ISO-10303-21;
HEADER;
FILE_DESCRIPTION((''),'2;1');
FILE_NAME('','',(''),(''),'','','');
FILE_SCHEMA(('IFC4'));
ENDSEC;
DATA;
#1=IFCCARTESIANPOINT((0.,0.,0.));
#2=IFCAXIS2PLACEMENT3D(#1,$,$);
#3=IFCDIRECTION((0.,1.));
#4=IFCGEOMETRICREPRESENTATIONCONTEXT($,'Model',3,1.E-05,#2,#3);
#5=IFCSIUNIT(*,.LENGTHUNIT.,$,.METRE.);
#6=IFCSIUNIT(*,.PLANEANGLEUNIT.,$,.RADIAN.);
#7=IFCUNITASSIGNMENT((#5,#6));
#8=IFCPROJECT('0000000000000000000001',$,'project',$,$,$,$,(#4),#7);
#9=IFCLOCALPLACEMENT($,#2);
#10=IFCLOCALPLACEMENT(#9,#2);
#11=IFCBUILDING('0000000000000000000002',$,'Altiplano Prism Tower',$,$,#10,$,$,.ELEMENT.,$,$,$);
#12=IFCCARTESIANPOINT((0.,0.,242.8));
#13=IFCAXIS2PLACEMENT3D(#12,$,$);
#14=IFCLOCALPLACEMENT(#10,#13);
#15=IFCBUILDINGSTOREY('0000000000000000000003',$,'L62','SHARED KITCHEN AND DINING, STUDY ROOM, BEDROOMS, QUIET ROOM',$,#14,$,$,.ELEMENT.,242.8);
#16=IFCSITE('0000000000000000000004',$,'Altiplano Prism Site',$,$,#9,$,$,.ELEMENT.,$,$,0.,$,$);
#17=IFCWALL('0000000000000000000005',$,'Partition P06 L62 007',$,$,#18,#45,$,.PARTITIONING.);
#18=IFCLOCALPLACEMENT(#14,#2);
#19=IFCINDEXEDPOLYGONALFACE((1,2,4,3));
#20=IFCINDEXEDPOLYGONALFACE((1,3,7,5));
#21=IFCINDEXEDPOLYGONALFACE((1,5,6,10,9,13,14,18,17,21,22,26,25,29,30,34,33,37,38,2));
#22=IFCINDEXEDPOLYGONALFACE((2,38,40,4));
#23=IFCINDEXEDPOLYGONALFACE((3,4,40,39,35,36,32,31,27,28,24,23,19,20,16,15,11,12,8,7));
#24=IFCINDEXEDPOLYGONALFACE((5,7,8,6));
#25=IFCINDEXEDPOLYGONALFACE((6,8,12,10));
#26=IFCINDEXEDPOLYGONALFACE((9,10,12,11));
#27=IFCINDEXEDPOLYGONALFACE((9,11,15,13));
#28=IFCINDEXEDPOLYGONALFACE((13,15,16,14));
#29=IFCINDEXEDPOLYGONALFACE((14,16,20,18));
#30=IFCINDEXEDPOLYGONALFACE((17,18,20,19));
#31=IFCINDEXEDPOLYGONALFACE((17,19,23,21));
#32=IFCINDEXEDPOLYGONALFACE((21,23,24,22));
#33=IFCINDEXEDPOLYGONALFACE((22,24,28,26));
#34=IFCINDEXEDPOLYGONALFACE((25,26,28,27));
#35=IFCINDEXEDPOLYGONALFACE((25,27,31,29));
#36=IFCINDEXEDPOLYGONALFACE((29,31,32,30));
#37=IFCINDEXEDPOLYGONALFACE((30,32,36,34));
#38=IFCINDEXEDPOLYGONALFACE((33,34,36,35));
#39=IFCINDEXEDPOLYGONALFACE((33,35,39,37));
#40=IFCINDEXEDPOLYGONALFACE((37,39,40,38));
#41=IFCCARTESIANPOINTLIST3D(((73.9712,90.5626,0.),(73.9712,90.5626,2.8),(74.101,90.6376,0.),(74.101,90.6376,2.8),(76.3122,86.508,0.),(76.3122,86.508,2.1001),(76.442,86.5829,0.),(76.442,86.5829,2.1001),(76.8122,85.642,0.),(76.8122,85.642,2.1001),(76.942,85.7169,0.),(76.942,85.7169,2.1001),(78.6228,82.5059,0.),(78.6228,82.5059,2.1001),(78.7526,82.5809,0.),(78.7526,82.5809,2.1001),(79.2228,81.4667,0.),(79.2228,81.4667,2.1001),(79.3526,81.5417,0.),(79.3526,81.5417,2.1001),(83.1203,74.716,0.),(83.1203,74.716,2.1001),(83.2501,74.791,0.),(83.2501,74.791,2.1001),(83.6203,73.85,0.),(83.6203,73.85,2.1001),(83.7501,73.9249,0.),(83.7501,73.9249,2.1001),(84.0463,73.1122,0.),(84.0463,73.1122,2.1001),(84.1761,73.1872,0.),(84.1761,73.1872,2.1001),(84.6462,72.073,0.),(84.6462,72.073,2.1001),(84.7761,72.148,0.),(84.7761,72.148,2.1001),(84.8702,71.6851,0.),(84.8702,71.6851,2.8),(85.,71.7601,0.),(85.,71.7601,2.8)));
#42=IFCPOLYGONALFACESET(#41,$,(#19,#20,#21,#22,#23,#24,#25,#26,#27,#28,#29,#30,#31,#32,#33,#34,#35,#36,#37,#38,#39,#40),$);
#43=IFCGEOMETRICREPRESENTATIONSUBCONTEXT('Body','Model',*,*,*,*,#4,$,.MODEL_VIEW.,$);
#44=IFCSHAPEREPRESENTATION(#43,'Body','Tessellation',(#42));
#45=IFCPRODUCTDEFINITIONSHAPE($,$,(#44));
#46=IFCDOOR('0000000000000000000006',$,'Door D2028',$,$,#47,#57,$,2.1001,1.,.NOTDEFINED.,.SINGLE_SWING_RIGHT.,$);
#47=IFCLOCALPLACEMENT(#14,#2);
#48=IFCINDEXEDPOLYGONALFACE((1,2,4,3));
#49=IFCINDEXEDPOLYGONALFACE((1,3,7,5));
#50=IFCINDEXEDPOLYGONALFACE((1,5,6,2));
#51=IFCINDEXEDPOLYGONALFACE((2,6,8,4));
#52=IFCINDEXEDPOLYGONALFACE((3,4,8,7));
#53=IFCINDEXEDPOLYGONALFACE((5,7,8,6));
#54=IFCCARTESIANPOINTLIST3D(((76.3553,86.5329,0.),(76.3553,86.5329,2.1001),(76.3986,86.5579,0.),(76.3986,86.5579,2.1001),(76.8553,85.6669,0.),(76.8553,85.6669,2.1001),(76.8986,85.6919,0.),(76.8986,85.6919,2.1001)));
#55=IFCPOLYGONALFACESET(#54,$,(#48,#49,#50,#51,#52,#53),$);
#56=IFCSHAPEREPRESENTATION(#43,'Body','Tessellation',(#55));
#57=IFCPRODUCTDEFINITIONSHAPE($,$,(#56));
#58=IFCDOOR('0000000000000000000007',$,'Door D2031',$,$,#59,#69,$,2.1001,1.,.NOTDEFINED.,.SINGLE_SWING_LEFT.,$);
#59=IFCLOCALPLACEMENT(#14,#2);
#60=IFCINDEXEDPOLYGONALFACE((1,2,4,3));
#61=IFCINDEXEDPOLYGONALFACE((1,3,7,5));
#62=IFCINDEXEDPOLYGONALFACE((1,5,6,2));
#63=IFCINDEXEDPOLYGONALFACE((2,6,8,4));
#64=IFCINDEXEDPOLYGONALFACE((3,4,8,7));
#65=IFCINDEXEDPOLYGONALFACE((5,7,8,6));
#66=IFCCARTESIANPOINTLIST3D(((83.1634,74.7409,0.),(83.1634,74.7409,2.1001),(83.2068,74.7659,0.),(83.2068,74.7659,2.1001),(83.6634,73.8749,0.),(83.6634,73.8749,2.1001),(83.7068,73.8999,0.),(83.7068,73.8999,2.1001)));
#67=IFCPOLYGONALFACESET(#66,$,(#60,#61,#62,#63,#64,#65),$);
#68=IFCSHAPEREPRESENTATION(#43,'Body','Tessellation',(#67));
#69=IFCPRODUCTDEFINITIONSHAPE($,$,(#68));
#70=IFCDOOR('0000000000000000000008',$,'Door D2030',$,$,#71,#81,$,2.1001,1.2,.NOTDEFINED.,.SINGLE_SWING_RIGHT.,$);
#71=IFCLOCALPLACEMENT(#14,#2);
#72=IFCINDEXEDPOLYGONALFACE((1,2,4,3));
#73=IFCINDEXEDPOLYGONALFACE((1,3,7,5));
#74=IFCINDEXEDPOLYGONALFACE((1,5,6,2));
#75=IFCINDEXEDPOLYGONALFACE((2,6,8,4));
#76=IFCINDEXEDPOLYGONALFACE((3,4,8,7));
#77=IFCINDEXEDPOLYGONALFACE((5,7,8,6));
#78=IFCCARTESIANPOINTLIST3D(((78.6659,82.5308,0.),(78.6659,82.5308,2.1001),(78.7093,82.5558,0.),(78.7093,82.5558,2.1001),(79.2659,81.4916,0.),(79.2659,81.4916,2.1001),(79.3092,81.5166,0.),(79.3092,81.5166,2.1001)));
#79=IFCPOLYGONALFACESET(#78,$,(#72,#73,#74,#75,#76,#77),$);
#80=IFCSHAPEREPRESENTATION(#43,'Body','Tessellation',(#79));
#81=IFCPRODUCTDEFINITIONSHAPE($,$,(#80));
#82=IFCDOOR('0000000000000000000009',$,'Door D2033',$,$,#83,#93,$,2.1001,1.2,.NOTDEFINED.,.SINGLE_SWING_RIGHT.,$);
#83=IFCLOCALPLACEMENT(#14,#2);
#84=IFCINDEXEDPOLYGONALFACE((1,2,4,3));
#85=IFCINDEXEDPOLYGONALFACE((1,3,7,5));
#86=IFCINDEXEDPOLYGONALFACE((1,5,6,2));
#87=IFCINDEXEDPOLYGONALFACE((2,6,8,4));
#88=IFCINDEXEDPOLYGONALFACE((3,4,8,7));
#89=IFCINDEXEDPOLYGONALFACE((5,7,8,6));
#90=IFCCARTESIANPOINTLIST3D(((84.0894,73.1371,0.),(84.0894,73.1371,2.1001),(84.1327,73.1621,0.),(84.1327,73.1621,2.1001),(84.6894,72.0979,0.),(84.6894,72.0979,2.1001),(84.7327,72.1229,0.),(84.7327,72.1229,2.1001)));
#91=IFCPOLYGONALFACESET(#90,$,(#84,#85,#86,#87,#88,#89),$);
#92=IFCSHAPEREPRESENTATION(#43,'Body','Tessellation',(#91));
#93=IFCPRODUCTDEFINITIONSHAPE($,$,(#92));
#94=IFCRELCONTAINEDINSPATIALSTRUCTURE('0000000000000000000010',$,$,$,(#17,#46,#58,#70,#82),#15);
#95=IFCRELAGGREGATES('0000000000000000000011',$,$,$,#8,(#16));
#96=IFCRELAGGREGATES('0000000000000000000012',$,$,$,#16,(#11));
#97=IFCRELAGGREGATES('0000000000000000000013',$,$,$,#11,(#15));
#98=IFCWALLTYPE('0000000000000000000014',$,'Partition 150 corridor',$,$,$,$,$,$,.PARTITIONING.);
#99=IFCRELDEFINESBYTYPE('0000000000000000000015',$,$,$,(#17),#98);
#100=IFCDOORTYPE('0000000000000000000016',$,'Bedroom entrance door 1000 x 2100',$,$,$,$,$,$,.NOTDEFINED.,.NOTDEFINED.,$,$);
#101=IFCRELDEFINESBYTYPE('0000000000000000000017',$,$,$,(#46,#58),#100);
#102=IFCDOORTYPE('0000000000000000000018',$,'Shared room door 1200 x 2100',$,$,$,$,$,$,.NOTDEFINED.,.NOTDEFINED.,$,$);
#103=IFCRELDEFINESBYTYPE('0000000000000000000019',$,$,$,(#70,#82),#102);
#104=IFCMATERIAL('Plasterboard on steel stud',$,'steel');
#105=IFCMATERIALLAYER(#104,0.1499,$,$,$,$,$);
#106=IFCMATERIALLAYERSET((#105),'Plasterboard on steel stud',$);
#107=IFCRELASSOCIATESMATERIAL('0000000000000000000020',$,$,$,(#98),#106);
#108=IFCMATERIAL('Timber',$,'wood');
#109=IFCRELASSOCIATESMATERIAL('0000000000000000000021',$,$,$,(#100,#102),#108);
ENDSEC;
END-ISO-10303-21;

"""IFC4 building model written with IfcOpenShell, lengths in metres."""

from ifc_helpers import new_model, si_unit, direction, frame, frame_2d, origin, place, context, subcontext, project, spatial, rectangle, extrude, material, layer, layer_set, type_object, element, fill, save


model = new_model("IFC4")

# Units and contexts
model_context = context("Model", 3, precision=1e-05, world=origin(), true_north=direction((0.0, 1.0)))
body_context = subcontext(model_context, "Body", "Model", "MODEL_VIEW")
ifc_project = project(units=[si_unit("LENGTHUNIT", "METRE"), si_unit("PLANEANGLEUNIT", "RADIAN")], contexts=[model_context])

# Site, building, storey
site_placement = place(None, origin())
site = spatial("IfcSite", under=ifc_project, at=site_placement, Name="Altiplano Prism Site", CompositionType="ELEMENT", RefElevation=0.0)
building_placement = place(site_placement, origin())
building = spatial("IfcBuilding", under=site, at=building_placement, Name="Altiplano Prism Tower", CompositionType="ELEMENT")
storey_placement = place(building_placement, frame((0.0, 0.0, 242.8)))
storey = spatial("IfcBuildingStorey", under=building, at=storey_placement, Name="L62", Description="SHARED KITCHEN AND DINING, STUDY ROOM, BEDROOMS, QUIET ROOM", CompositionType="ELEMENT", Elevation=242.8)

# Shared definitions
ifc_material_1 = material(Name="Plasterboard on steel stud", Category="steel")

# Shared definitions
ifc_layer_1 = layer(ifc_material_1, 0.1499)
ifc_layer_set_1 = layer_set([ifc_layer_1], Name="Plasterboard on steel stud")
wall_type_1 = type_object("IfcWallType", Name="Partition 150 corridor", PredefinedType="PARTITIONING", material=ifc_layer_set_1)
ifc_material_2 = material(Name="Timber", Category="wood")
door_type_1 = type_object("IfcDoorType", Name="Bedroom entrance door 1000 x 2100", OperationType="NOTDEFINED", PredefinedType="NOTDEFINED", material=ifc_material_2)

# Wall, openings, doors
wall_1_placement = place(storey_placement, frame((74.0361, 90.6001, 0.0), z_axis=(0.0, 0.0, 1.0), x_axis=(0.500001, -0.866025, 0.0)))
wall_1 = element("IfcWall", 1, at=wall_1_placement, inside=storey, type_object=wall_type_1, Name="Partition P06 L62 007", PredefinedType="PARTITIONING", context=body_context, shape_type="SweptSolid", body=[
    extrude(rectangle(XDim=21.7979, YDim=0.1499, at=frame_2d((10.8989, 0.0))), origin(), (0.0, 0.0, 1.0), 2.8),
])
opening_1_placement = place(wall_1_placement, frame((4.6819, 0.0, 0.0)))
opening_1 = element("IfcOpeningElement", 2, at=opening_1_placement, cuts=wall_1, PredefinedType="OPENING", context=body_context, shape_type="SweptSolid", body=[
    extrude(rectangle(XDim=1.0, YDim=2.1001, at=frame_2d((0.5, 1.05))), frame((0.0, 0.0854, 0.0), z_axis=(0.0, -1.0, 0.0), x_axis=(1.0, 0.0, 0.0)), (0.0, 0.0, 1.0), 0.1709),
])
opening_2_placement = place(wall_1_placement, frame((9.303, 0.0, 0.0)))
opening_2 = element("IfcOpeningElement", 3, at=opening_2_placement, cuts=wall_1, PredefinedType="OPENING", context=body_context, shape_type="SweptSolid", body=[
    extrude(rectangle(XDim=1.2, YDim=2.1001, at=frame_2d((0.6001, 1.05))), frame((0.0, 0.0854, 0.0), z_axis=(0.0, -1.0, 0.0), x_axis=(1.0, 0.0, 0.0)), (0.0, 0.0, 1.0), 0.1709),
])
opening_3_placement = place(wall_1_placement, frame((18.2981, 0.0, 0.0)))
opening_3 = element("IfcOpeningElement", 4, at=opening_3_placement, cuts=wall_1, PredefinedType="OPENING", context=body_context, shape_type="SweptSolid", body=[
    extrude(rectangle(XDim=1.0, YDim=2.1001, at=frame_2d((0.5, 1.05))), frame((0.0, 0.0854, 0.0), z_axis=(0.0, -1.0, 0.0), x_axis=(1.0, 0.0, 0.0)), (0.0, 0.0, 1.0), 0.1709),
])
opening_4_placement = place(wall_1_placement, frame((20.1499, 0.0, 0.0)))
opening_4 = element("IfcOpeningElement", 5, at=opening_4_placement, cuts=wall_1, PredefinedType="OPENING", context=body_context, shape_type="SweptSolid", body=[
    extrude(rectangle(XDim=1.2, YDim=2.1001, at=frame_2d((0.6001, 1.05))), frame((0.0, 0.0854, 0.0), z_axis=(0.0, -1.0, 0.0), x_axis=(1.0, 0.0, 0.0)), (0.0, 0.0, 1.0), 0.1709),
])
door_1_placement = place(opening_1_placement, origin())
door_1 = element("IfcDoor", 6, at=door_1_placement, inside=storey, type_object=door_type_1, Name="Door D2028", OperationType="SINGLE_SWING_RIGHT", OverallHeight=2.1001, OverallWidth=1.0, PredefinedType="NOTDEFINED", context=body_context, shape_type="SweptSolid", body=[
    extrude(rectangle(XDim=1.0, YDim=2.1001, at=frame_2d((0.5, 1.05))), frame((0.0, 0.0249, 0.0), z_axis=(0.0, -1.0, 0.0), x_axis=(1.0, 0.0, 0.0)), (0.0, 0.0, 1.0), 0.05),
])
fill(opening_1, door_1)
door_2_placement = place(opening_3_placement, origin())
door_2 = element("IfcDoor", 7, at=door_2_placement, inside=storey, type_object=door_type_1, Name="Door D2031", OperationType="SINGLE_SWING_LEFT", OverallHeight=2.1001, OverallWidth=1.0, PredefinedType="NOTDEFINED", context=body_context, shape_type="SweptSolid", body=[
    extrude(rectangle(XDim=1.0, YDim=2.1001, at=frame_2d((0.5, 1.05))), frame((0.0, 0.0249, 0.0), z_axis=(0.0, -1.0, 0.0), x_axis=(1.0, 0.0, 0.0)), (0.0, 0.0, 1.0), 0.05),
])
fill(opening_3, door_2)
door_type_2 = type_object("IfcDoorType", Name="Shared room door 1200 x 2100", OperationType="NOTDEFINED", PredefinedType="NOTDEFINED", material=ifc_material_2)
door_3_placement = place(opening_2_placement, origin())
door_3 = element("IfcDoor", 8, at=door_3_placement, inside=storey, type_object=door_type_2, Name="Door D2030", OperationType="SINGLE_SWING_RIGHT", OverallHeight=2.1001, OverallWidth=1.2, PredefinedType="NOTDEFINED", context=body_context, shape_type="SweptSolid", body=[
    extrude(rectangle(XDim=1.2, YDim=2.1001, at=frame_2d((0.6001, 1.05))), frame((0.0, 0.0249, 0.0), z_axis=(0.0, -1.0, 0.0), x_axis=(1.0, 0.0, 0.0)), (0.0, 0.0, 1.0), 0.05),
])
fill(opening_2, door_3)
door_4_placement = place(opening_4_placement, origin())
door_4 = element("IfcDoor", 9, at=door_4_placement, inside=storey, type_object=door_type_2, Name="Door D2033", OperationType="SINGLE_SWING_RIGHT", OverallHeight=2.1001, OverallWidth=1.2, PredefinedType="NOTDEFINED", context=body_context, shape_type="SweptSolid", body=[
    extrude(rectangle(XDim=1.2, YDim=2.1001, at=frame_2d((0.6001, 1.05))), frame((0.0, 0.0249, 0.0), z_axis=(0.0, -1.0, 0.0), x_axis=(1.0, 0.0, 0.0)), (0.0, 0.0, 1.0), 0.05),
])
fill(opening_4, door_4)

save(model, "model.ifc")
